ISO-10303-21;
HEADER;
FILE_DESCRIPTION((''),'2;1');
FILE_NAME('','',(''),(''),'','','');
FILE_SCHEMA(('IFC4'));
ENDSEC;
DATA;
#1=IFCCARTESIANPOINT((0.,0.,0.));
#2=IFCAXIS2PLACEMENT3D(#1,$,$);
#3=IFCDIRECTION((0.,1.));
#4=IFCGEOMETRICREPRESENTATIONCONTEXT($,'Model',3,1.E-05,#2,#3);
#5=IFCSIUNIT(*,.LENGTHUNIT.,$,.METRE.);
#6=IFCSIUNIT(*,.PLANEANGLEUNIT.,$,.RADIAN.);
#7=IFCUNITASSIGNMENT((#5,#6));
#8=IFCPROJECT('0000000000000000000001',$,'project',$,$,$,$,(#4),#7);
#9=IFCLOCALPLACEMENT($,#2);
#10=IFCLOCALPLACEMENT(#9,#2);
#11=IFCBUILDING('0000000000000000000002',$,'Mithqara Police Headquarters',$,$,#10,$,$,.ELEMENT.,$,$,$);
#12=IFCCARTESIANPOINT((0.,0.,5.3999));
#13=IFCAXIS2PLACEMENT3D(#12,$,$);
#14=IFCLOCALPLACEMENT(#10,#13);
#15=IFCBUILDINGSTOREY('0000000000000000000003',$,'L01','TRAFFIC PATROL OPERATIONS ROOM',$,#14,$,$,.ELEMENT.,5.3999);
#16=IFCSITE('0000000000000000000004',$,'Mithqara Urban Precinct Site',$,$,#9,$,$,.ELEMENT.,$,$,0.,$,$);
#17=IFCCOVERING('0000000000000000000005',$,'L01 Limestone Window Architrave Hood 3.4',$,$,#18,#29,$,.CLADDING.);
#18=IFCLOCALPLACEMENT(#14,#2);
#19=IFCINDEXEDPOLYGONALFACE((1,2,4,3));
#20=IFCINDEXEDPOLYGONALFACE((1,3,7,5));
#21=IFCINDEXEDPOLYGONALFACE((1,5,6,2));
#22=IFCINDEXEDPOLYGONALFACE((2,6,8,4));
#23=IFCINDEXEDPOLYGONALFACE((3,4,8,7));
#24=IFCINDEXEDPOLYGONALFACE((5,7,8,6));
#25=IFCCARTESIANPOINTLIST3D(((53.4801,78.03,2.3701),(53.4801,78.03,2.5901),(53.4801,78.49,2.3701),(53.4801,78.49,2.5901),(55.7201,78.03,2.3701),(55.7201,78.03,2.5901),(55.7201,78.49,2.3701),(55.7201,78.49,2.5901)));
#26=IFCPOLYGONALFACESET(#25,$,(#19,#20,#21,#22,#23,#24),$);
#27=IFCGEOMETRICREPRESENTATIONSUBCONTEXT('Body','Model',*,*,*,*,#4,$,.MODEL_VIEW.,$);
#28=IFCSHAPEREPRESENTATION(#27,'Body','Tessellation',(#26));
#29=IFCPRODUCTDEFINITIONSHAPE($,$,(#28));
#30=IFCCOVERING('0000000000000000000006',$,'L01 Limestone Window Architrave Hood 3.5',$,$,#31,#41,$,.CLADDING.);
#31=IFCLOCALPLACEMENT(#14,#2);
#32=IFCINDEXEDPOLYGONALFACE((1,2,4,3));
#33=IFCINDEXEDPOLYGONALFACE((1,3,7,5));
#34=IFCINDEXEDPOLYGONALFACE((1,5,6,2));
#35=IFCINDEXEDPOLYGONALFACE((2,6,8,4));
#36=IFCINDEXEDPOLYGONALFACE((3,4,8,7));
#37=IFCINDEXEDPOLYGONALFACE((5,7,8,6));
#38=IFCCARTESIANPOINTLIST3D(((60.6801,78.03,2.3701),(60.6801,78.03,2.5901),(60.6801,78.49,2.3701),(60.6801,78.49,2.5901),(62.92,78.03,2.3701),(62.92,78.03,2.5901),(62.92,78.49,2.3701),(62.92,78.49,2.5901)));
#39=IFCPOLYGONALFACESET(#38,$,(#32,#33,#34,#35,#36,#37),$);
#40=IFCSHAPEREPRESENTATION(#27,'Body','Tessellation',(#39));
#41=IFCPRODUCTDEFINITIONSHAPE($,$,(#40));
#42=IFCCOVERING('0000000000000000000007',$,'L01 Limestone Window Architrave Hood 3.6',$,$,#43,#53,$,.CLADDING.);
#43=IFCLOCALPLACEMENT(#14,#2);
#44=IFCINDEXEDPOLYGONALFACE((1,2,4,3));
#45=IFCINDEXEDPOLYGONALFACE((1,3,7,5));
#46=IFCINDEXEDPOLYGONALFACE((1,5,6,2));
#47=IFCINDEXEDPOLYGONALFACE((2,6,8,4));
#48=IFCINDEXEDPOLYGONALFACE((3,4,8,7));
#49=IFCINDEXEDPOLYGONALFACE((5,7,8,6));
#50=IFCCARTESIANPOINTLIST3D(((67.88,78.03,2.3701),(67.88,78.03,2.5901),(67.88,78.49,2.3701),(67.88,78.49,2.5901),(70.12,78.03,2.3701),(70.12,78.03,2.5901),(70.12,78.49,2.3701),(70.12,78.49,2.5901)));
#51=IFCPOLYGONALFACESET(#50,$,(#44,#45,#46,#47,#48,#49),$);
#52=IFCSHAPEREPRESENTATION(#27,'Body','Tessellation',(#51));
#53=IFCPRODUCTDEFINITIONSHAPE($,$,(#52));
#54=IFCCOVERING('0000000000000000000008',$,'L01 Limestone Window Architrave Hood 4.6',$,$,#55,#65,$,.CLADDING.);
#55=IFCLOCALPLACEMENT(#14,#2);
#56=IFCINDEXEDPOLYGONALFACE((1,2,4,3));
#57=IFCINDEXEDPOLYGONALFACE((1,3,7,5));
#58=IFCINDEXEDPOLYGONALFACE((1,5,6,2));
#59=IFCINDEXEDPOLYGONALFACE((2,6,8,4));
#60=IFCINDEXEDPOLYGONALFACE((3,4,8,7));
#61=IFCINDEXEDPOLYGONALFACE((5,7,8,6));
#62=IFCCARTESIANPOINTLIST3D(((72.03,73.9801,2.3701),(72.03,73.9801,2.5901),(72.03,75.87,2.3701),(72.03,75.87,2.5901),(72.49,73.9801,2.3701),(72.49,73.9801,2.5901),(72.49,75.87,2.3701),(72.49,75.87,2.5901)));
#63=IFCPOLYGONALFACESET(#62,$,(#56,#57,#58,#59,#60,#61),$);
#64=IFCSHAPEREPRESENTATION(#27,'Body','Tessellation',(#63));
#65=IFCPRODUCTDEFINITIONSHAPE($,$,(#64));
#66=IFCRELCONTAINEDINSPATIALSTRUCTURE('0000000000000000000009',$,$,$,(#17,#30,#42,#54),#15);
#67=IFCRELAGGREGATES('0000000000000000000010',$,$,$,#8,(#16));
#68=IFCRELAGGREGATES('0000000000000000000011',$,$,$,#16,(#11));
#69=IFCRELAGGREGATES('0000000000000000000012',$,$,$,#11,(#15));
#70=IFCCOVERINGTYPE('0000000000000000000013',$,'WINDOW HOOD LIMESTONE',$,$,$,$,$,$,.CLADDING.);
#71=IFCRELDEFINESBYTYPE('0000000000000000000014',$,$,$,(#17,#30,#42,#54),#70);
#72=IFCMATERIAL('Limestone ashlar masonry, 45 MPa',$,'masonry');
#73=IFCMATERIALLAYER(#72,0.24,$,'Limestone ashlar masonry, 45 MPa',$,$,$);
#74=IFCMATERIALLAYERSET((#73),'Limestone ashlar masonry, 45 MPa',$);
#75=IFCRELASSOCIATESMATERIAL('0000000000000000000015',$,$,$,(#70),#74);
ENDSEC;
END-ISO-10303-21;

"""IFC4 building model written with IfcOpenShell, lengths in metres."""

from ifc_helpers import new_model, si_unit, direction, frame, origin, origin_2d, place, context, subcontext, project, spatial, rectangle, extrude, material, layer, layer_set, type_object, element, save


model = new_model("IFC4")

# Units and contexts
model_context = context("Model", 3, precision=1e-05, world=origin(), true_north=direction((0.0, 1.0)))
body_context = subcontext(model_context, "Body", "Model", "MODEL_VIEW")
ifc_project = project(units=[si_unit("LENGTHUNIT", "METRE"), si_unit("PLANEANGLEUNIT", "RADIAN")], contexts=[model_context])

# Site, building, storey
site_placement = place(None, origin())
site = spatial("IfcSite", under=ifc_project, at=site_placement, Name="Mithqara Urban Precinct Site", CompositionType="ELEMENT", RefElevation=0.0)
building_placement = place(site_placement, origin())
building = spatial("IfcBuilding", under=site, at=building_placement, Name="Mithqara Police Headquarters", CompositionType="ELEMENT")
storey_placement = place(building_placement, frame((0.0, 0.0, 5.3999)))
storey = spatial("IfcBuildingStorey", under=building, at=storey_placement, Name="L01", Description="TRAFFIC PATROL OPERATIONS ROOM", CompositionType="ELEMENT", Elevation=5.3999)

# Coverings
ifc_material_1 = material(Name="Limestone ashlar masonry, 45 MPa", Category="masonry")
ifc_layer_1 = layer(ifc_material_1, 0.24, Name="Limestone ashlar masonry, 45 MPa")
ifc_layer_set_1 = layer_set([ifc_layer_1], Name="Limestone ashlar masonry, 45 MPa")
covering_type = type_object("IfcCoveringType", Name="WINDOW HOOD LIMESTONE", PredefinedType="CLADDING", material=ifc_layer_set_1)
for number, where, z_axis, x_axis, name in (
    (1, (54.6001, 78.26, 2.3701), (0.0, 0.0, 1.0), (1.0, 0.0, 0.0), "L01 Limestone Window Architrave Hood 3.4"),
    (2, (61.8, 78.26, 2.3701), (0.0, 0.0, 1.0), (1.0, 0.0, 0.0), "L01 Limestone Window Architrave Hood 3.5"),
    (3, (69.0, 78.26, 2.3701), (0.0, 0.0, 1.0), (1.0, 0.0, 0.0), "L01 Limestone Window Architrave Hood 3.6"),
):
    element("IfcCovering", number, at=place(storey_placement, frame(where, z_axis=z_axis, x_axis=x_axis)), inside=storey, type_object=covering_type, Name=name, PredefinedType="CLADDING", context=body_context, shape_type="SweptSolid", body=[
        extrude(rectangle(XDim=2.24, YDim=0.46, at=origin_2d()), origin(), (0.0, 0.0, 1.0), 0.22),
    ])
covering_placement = place(storey_placement, frame((72.26, 74.925, 2.3701), z_axis=(0.0, 0.0, 1.0), x_axis=(0.0, 1.0, 0.0)))
element("IfcCovering", 4, at=covering_placement, inside=storey, type_object=covering_type, Name="L01 Limestone Window Architrave Hood 4.6", PredefinedType="CLADDING", context=body_context, shape_type="SweptSolid", body=[
    extrude(rectangle(XDim=1.8899, YDim=0.46, at=origin_2d()), origin(), (0.0, 0.0, 1.0), 0.22),
])

save(model, "model.ifc")
